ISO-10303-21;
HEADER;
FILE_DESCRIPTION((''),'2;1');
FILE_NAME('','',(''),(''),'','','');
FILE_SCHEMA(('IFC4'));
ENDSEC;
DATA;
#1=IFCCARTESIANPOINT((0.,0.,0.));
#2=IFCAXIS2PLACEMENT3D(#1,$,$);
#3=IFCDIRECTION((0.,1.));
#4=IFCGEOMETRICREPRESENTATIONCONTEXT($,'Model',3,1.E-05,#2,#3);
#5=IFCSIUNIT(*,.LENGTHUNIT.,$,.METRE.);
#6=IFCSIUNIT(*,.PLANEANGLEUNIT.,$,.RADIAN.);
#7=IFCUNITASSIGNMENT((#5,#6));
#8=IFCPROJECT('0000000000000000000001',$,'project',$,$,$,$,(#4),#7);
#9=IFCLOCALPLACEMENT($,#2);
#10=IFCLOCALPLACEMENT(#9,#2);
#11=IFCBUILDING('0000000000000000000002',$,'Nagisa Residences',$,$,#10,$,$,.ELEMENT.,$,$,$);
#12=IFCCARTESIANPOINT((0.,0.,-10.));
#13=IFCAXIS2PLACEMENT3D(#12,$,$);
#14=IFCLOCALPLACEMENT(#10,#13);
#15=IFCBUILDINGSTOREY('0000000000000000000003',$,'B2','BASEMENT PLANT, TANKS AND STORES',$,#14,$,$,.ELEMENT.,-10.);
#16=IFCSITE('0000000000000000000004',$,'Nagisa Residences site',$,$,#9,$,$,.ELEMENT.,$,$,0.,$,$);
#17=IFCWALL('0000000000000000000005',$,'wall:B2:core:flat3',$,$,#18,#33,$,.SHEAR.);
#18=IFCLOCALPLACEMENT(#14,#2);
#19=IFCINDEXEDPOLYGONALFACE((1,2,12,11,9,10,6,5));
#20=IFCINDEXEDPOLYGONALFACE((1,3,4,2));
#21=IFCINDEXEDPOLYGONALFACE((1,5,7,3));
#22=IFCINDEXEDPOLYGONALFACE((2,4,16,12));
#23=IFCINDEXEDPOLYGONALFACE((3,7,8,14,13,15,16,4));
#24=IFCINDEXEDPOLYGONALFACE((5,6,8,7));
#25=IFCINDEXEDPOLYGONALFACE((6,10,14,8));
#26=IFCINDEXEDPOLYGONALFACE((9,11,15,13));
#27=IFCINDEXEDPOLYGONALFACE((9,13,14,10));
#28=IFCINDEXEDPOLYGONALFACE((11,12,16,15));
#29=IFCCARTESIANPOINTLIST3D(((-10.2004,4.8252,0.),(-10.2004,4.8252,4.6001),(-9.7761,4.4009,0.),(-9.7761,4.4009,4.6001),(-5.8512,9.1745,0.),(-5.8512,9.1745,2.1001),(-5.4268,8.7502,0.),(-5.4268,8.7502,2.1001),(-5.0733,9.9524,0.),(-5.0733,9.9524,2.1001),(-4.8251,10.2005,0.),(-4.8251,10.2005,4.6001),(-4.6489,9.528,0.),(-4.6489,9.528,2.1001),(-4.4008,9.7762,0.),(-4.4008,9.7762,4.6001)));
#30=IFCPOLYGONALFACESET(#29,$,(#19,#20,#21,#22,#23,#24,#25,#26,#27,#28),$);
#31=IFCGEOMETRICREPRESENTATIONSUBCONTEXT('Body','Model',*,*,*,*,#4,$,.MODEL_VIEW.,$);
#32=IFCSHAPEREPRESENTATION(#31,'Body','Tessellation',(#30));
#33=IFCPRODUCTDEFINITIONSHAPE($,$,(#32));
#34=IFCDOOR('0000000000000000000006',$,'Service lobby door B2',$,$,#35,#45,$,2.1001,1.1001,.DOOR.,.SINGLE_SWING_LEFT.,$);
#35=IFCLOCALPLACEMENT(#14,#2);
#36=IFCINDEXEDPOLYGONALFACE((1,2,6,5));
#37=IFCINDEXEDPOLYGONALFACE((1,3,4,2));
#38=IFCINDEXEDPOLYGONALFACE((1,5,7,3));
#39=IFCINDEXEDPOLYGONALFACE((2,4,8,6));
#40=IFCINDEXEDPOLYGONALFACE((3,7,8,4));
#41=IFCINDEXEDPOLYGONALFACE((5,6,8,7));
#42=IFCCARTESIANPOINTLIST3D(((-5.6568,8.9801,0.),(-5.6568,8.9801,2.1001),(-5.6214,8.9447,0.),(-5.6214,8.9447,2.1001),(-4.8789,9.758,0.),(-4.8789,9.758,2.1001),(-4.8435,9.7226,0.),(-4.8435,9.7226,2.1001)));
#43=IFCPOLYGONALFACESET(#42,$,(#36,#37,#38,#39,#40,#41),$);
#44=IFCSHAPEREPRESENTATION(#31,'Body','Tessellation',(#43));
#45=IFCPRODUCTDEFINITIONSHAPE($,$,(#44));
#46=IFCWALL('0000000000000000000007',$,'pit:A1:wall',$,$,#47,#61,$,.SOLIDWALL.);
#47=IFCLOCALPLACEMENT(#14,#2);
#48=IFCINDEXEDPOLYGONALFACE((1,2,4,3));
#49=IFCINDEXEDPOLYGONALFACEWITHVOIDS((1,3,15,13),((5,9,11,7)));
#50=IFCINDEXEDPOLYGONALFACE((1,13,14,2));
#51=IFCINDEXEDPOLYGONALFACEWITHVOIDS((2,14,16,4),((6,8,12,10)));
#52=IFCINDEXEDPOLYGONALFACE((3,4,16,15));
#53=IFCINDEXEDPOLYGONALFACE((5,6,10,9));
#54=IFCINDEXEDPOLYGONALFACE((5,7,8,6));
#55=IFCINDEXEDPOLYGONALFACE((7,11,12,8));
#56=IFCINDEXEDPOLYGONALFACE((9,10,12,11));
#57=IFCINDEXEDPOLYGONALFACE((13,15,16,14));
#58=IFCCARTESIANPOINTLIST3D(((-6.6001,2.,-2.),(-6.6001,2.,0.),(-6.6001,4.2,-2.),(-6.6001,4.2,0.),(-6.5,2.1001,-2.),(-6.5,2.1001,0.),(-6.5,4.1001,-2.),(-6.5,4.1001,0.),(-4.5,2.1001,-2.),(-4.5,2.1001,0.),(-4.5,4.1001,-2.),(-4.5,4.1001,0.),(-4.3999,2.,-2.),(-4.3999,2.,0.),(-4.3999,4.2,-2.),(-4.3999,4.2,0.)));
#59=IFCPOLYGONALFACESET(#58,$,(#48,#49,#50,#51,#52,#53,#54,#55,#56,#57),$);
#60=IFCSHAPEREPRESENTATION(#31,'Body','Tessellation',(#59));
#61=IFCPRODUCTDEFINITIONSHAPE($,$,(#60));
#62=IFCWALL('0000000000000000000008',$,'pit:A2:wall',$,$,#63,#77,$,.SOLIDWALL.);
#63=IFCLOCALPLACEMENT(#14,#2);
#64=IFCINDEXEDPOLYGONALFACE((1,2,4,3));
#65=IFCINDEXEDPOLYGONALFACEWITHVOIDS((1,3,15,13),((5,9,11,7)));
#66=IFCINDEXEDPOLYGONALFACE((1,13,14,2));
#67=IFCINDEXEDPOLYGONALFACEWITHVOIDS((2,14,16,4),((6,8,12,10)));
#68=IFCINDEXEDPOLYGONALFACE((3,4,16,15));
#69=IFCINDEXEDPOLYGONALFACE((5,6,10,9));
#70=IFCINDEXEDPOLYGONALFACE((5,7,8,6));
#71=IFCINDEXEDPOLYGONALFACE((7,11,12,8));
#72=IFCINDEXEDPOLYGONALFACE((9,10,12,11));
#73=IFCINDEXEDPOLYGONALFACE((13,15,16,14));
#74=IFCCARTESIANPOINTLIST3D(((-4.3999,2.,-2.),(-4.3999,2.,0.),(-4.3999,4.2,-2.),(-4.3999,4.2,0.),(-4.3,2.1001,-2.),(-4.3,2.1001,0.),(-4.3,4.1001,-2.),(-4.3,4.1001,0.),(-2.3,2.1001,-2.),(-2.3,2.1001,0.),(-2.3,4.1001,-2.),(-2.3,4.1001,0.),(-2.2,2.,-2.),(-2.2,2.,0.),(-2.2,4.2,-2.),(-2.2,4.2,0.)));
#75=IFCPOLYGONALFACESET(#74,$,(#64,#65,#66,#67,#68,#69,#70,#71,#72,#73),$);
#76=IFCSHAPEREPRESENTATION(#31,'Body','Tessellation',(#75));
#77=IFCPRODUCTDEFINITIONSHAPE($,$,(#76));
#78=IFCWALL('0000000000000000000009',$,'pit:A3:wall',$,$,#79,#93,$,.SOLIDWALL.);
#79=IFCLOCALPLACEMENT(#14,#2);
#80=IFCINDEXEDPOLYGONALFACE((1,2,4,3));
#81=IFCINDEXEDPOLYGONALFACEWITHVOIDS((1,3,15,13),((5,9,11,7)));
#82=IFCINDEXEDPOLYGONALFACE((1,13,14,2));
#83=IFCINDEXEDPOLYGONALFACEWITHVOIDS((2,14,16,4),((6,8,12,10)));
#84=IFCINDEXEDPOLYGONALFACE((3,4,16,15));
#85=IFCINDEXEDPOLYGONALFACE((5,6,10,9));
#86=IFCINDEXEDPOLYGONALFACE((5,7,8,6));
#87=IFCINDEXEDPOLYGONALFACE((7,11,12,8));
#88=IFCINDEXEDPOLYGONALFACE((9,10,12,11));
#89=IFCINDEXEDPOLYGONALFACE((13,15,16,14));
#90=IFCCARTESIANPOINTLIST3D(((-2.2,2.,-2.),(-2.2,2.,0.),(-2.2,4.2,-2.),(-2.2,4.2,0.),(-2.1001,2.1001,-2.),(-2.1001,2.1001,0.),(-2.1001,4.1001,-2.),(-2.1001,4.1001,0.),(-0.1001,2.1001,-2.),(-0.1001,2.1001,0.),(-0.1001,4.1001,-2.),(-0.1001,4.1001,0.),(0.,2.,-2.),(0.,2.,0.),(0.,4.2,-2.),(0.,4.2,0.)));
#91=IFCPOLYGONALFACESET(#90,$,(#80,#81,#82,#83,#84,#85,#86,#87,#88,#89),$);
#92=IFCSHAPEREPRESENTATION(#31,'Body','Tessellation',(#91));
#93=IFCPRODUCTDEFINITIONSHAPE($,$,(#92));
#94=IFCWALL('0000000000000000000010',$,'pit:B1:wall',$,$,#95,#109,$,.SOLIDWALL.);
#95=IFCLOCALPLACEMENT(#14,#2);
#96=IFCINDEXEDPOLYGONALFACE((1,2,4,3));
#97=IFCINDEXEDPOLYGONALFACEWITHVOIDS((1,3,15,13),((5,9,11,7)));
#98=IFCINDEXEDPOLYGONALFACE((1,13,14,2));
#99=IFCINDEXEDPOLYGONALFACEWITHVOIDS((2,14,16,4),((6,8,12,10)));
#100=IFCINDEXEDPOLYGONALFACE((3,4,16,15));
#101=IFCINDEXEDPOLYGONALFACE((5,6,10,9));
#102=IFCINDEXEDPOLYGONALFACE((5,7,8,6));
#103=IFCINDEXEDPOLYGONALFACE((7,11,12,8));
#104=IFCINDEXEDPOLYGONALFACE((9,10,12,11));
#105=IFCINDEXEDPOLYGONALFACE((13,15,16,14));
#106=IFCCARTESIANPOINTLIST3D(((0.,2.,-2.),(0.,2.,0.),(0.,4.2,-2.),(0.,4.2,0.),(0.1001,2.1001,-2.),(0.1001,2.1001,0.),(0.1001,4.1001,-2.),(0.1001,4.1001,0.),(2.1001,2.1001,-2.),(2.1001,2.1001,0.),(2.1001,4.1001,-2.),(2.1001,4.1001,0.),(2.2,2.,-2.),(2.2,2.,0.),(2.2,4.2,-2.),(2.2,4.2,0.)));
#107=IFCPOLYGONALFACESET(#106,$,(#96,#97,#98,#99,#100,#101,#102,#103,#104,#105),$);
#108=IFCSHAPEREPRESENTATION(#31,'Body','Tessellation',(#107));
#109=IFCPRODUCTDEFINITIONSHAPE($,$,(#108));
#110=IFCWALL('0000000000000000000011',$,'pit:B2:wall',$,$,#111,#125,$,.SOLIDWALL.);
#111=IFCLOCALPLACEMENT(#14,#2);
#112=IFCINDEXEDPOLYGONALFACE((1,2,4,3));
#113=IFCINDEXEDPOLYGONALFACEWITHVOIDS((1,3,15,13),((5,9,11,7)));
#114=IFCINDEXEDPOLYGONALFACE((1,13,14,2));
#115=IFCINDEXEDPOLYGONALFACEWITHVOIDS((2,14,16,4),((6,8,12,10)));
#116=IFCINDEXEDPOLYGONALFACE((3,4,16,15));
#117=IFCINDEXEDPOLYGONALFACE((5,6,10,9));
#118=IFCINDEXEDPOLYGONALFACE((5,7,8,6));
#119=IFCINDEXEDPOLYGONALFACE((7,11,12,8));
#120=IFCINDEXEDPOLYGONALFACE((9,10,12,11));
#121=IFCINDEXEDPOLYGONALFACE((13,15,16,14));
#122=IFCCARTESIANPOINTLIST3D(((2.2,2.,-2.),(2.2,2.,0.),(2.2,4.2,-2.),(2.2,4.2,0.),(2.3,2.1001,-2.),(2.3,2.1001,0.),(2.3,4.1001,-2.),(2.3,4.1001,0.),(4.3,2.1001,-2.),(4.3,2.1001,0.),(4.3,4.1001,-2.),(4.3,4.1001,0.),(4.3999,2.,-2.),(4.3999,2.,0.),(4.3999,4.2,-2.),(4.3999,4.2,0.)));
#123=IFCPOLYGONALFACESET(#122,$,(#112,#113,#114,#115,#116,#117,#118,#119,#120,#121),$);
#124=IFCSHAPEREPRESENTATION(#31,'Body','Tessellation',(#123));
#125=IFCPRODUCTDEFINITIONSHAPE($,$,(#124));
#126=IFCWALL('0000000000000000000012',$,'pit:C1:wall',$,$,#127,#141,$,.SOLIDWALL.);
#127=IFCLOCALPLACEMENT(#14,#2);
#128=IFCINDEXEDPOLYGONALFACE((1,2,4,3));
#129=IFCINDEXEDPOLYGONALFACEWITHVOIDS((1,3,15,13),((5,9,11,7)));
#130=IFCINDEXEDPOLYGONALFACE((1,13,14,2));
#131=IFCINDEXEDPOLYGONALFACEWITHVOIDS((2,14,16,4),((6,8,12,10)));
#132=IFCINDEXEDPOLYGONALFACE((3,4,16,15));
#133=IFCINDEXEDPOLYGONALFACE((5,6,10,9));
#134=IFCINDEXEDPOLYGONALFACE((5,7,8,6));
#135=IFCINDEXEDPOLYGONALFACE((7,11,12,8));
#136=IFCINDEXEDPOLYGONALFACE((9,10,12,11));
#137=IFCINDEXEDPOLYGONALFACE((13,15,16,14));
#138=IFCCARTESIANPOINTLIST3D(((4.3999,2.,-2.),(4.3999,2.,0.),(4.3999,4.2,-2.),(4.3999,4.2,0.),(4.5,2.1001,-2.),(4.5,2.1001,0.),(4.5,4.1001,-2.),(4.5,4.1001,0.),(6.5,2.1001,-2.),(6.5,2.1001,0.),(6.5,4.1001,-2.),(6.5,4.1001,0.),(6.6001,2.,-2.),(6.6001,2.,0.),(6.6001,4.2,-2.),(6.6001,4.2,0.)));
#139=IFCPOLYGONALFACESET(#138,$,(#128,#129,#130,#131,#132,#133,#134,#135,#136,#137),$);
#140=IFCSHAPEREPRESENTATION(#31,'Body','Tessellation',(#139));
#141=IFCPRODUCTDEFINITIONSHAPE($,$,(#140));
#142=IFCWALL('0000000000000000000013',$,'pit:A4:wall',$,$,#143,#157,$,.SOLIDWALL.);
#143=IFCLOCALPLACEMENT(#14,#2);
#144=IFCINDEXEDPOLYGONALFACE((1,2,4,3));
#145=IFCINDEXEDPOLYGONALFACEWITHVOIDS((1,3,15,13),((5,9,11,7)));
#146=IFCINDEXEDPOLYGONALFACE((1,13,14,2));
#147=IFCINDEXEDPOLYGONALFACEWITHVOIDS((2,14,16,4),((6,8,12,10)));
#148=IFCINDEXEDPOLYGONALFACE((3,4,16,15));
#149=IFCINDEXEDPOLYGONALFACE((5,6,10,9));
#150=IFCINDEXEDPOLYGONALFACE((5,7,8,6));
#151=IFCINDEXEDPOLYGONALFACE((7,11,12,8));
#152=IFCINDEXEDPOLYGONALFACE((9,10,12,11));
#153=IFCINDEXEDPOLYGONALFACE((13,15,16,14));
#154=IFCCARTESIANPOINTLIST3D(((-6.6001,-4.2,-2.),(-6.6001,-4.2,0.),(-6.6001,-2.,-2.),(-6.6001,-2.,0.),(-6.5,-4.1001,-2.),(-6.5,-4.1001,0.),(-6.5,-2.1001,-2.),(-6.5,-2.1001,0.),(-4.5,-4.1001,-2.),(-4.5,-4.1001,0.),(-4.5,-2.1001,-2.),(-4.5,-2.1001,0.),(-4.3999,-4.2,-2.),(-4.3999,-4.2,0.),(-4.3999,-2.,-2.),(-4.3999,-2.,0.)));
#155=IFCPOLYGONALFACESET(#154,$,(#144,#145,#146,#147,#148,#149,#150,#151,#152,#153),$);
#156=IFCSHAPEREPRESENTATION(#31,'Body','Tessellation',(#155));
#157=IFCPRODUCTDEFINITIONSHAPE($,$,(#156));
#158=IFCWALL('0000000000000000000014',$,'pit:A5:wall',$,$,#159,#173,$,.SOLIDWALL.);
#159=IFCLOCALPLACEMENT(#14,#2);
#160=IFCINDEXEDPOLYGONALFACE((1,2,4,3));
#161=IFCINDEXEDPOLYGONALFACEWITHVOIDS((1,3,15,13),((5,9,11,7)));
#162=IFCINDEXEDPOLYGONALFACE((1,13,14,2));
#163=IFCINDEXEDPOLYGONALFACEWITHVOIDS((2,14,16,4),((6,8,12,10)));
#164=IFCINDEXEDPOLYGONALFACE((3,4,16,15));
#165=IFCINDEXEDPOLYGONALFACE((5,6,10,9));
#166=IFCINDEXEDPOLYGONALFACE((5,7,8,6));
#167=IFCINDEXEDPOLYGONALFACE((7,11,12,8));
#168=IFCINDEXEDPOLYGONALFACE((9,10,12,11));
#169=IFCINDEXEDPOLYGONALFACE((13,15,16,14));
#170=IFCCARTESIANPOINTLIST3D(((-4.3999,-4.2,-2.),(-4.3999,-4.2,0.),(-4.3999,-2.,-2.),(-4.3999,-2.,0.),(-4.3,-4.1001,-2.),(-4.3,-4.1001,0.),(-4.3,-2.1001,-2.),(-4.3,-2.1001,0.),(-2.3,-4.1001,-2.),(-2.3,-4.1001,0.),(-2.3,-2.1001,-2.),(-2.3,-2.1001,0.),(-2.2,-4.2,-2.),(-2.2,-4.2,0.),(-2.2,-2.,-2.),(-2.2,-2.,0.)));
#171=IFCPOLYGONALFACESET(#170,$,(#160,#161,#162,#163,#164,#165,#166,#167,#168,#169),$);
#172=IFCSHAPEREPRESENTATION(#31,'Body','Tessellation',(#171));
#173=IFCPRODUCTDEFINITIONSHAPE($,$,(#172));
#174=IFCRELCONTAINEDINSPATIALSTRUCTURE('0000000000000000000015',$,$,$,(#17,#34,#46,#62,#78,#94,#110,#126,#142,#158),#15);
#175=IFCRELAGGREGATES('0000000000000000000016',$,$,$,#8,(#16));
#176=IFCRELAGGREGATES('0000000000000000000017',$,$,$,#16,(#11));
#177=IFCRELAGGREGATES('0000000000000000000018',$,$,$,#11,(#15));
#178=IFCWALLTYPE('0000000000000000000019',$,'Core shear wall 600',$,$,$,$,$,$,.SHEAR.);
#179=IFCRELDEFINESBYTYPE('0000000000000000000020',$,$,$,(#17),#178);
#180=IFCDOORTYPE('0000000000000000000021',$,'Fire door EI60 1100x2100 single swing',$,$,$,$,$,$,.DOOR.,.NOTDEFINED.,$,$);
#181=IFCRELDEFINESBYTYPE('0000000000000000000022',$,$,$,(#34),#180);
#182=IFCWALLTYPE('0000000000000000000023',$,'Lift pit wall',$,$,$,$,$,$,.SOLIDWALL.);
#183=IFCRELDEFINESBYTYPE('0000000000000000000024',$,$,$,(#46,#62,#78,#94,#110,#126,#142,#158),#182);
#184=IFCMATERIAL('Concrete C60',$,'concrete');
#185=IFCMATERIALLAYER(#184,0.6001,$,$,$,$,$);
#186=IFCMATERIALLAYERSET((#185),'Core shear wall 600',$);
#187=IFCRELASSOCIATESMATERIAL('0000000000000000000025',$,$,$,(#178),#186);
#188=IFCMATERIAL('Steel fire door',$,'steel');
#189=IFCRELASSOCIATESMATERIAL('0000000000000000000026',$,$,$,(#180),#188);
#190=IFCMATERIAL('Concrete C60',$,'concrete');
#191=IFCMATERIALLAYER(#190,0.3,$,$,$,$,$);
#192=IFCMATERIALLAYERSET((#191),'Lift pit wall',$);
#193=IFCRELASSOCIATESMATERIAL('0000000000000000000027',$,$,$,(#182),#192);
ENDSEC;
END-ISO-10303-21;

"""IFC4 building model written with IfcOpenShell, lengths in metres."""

from ifc_helpers import new_model, si_unit, direction, frame, frame_2d, origin, place, context, subcontext, project, spatial, polyline, rectangle, outline, extrude, material, layer, layer_set, type_object, element, fill, save


model = new_model("IFC4")

# Units and contexts
model_context = context("Model", 3, precision=1e-05, world=origin(), true_north=direction((0.0, 1.0)))
body_context = subcontext(model_context, "Body", "Model", "MODEL_VIEW")
ifc_project = project(units=[si_unit("LENGTHUNIT", "METRE"), si_unit("PLANEANGLEUNIT", "RADIAN")], contexts=[model_context])

# Site, building, storey
site_placement = place(None, origin())
site = spatial("IfcSite", under=ifc_project, at=site_placement, Name="Nagisa Residences site", CompositionType="ELEMENT", RefElevation=0.0)
building_placement = place(site_placement, origin())
building = spatial("IfcBuilding", under=site, at=building_placement, Name="Nagisa Residences", CompositionType="ELEMENT")
storey_placement = place(building_placement, frame((0.0, 0.0, -10.0)))
storey = spatial("IfcBuildingStorey", under=building, at=storey_placement, Name="B2", Description="BASEMENT PLANT, TANKS AND STORES", CompositionType="ELEMENT", Elevation=-10.0)

# Wall, opening, door
ifc_material_1 = material(Name="Concrete C60", Category="concrete")
ifc_layer_1 = layer(ifc_material_1, 0.6001)
ifc_layer_set_1 = layer_set([ifc_layer_1], Name="Core shear wall 600")
wall_type_1 = type_object("IfcWallType", Name="Core shear wall 600", PredefinedType="SHEAR", material=ifc_layer_set_1)
wall_1_placement = place(storey_placement, frame((-4.613, 9.9883, 0.0), z_axis=(0.0, 0.0, 1.0), x_axis=(-0.707107, -0.707107, 0.0)))
wall_1 = element("IfcWall", 1, at=wall_1_placement, inside=storey, type_object=wall_type_1, Name="wall:B2:core:flat3", PredefinedType="SHEAR", context=body_context, shape_type="SweptSolid", body=[
    extrude(rectangle(XDim=7.6018, YDim=0.6001, at=frame_2d((3.8008, 0.0))), origin(), (0.0, 0.0, 1.0), 4.6001),
])
opening_1_placement = place(wall_1_placement, frame((0.3508, 0.0, 0.0)))
opening_1 = element("IfcOpeningElement", 2, at=opening_1_placement, cuts=wall_1, PredefinedType="OPENING", context=body_context, shape_type="SweptSolid", body=[
    extrude(rectangle(XDim=1.1001, YDim=2.1001, at=frame_2d((0.55, 1.05))), frame((0.0, 0.3101, 0.0), z_axis=(0.0, -1.0, 0.0), x_axis=(1.0, 0.0, 0.0)), (0.0, 0.0, 1.0), 0.6201),
])
ifc_material_2 = material(Name="Steel fire door", Category="steel")
door_type_1 = type_object("IfcDoorType", Name="Fire door EI60 1100x2100 single swing", OperationType="NOTDEFINED", PredefinedType="DOOR", material=ifc_material_2)
door_1_placement = place(opening_1_placement, origin())
door_1 = element("IfcDoor", 3, at=door_1_placement, inside=storey, type_object=door_type_1, Name="Service lobby door B2", OperationType="SINGLE_SWING_LEFT", OverallHeight=2.1001, OverallWidth=1.1001, PredefinedType="DOOR", context=body_context, shape_type="SweptSolid", body=[
    extrude(rectangle(XDim=1.1001, YDim=2.1001, at=frame_2d((0.55, 1.05))), frame((0.0, 0.0249, 0.0), z_axis=(0.0, -1.0, 0.0), x_axis=(1.0, 0.0, 0.0)), (0.0, 0.0, 1.0), 0.05),
])
fill(opening_1, door_1)

# Walls
ifc_material_3 = material(Name="Concrete C60", Category="concrete")
ifc_layer_2 = layer(ifc_material_3, 0.3)
ifc_layer_set_2 = layer_set([ifc_layer_2], Name="Lift pit wall")
wall_type_2 = type_object("IfcWallType", Name="Lift pit wall", PredefinedType="SOLIDWALL", material=ifc_layer_set_2)
wall_2_placement = place(storey_placement, frame((0.0, 0.0, -2.0)))
element("IfcWall", 4, at=wall_2_placement, inside=storey, type_object=wall_type_2, Name="pit:A1:wall", PredefinedType="SOLIDWALL", context=body_context, shape_type="SweptSolid", body=[
    extrude(outline(polyline([(-4.3999, 2.0), (-6.6001, 2.0), (-6.6001, 4.2), (-4.3999, 4.2), (-4.3999, 2.0)]), holes=[polyline([(-4.5, 2.1001), (-4.5, 4.1001), (-6.5, 4.1001), (-6.5, 2.1001), (-4.5, 2.1001)])]), origin(), (0.0, 0.0, 1.0), 2.0),
])
wall_3_placement = place(storey_placement, frame((0.0, 0.0, -2.0)))
element("IfcWall", 5, at=wall_3_placement, inside=storey, type_object=wall_type_2, Name="pit:A2:wall", PredefinedType="SOLIDWALL", context=body_context, shape_type="SweptSolid", body=[
    extrude(outline(polyline([(-2.2, 2.0), (-4.3999, 2.0), (-4.3999, 4.2), (-2.2, 4.2), (-2.2, 2.0)]), holes=[polyline([(-2.3, 2.1001), (-2.3, 4.1001), (-4.3, 4.1001), (-4.3, 2.1001), (-2.3, 2.1001)])]), origin(), (0.0, 0.0, 1.0), 2.0),
])
wall_4_placement = place(storey_placement, frame((0.0, 0.0, -2.0)))
element("IfcWall", 6, at=wall_4_placement, inside=storey, type_object=wall_type_2, Name="pit:A3:wall", PredefinedType="SOLIDWALL", context=body_context, shape_type="SweptSolid", body=[
    extrude(outline(polyline([(0.0, 2.0), (-2.2, 2.0), (-2.2, 4.2), (0.0, 4.2), (0.0, 2.0)]), holes=[polyline([(-0.1001, 2.1001), (-0.1001, 4.1001), (-2.1001, 4.1001), (-2.1001, 2.1001), (-0.1001, 2.1001)])]), origin(), (0.0, 0.0, 1.0), 2.0),
])
wall_5_placement = place(storey_placement, frame((0.0, 0.0, -2.0)))
element("IfcWall", 7, at=wall_5_placement, inside=storey, type_object=wall_type_2, Name="pit:B1:wall", PredefinedType="SOLIDWALL", context=body_context, shape_type="SweptSolid", body=[
    extrude(outline(polyline([(2.2, 2.0), (0.0, 2.0), (0.0, 4.2), (2.2, 4.2), (2.2, 2.0)]), holes=[polyline([(2.1001, 2.1001), (2.1001, 4.1001), (0.1001, 4.1001), (0.1001, 2.1001), (2.1001, 2.1001)])]), origin(), (0.0, 0.0, 1.0), 2.0),
])
wall_6_placement = place(storey_placement, frame((0.0, 0.0, -2.0)))
element("IfcWall", 8, at=wall_6_placement, inside=storey, type_object=wall_type_2, Name="pit:B2:wall", PredefinedType="SOLIDWALL", context=body_context, shape_type="SweptSolid", body=[
    extrude(outline(polyline([(4.3999, 2.0), (2.2, 2.0), (2.2, 4.2), (4.3999, 4.2), (4.3999, 2.0)]), holes=[polyline([(4.3, 2.1001), (4.3, 4.1001), (2.3, 4.1001), (2.3, 2.1001), (4.3, 2.1001)])]), origin(), (0.0, 0.0, 1.0), 2.0),
])
wall_7_placement = place(storey_placement, frame((0.0, 0.0, -2.0)))
element("IfcWall", 9, at=wall_7_placement, inside=storey, type_object=wall_type_2, Name="pit:C1:wall", PredefinedType="SOLIDWALL", context=body_context, shape_type="SweptSolid", body=[
    extrude(outline(polyline([(6.6001, 2.0), (4.3999, 2.0), (4.3999, 4.2), (6.6001, 4.2), (6.6001, 2.0)]), holes=[polyline([(6.5, 2.1001), (6.5, 4.1001), (4.5, 4.1001), (4.5, 2.1001), (6.5, 2.1001)])]), origin(), (0.0, 0.0, 1.0), 2.0),
])
wall_8_placement = place(storey_placement, frame((0.0, 0.0, -2.0)))
element("IfcWall", 10, at=wall_8_placement, inside=storey, type_object=wall_type_2, Name="pit:A4:wall", PredefinedType="SOLIDWALL", context=body_context, shape_type="SweptSolid", body=[
    extrude(outline(polyline([(-4.3999, -4.2), (-6.6001, -4.2), (-6.6001, -2.0), (-4.3999, -2.0), (-4.3999, -4.2)]), holes=[polyline([(-4.5, -4.1001), (-4.5, -2.1001), (-6.5, -2.1001), (-6.5, -4.1001), (-4.5, -4.1001)])]), origin(), (0.0, 0.0, 1.0), 2.0),
])
wall_9_placement = place(storey_placement, frame((0.0, 0.0, -2.0)))
element("IfcWall", 11, at=wall_9_placement, inside=storey, type_object=wall_type_2, Name="pit:A5:wall", PredefinedType="SOLIDWALL", context=body_context, shape_type="SweptSolid", body=[
    extrude(outline(polyline([(-2.2, -4.2), (-4.3999, -4.2), (-4.3999, -2.0), (-2.2, -2.0), (-2.2, -4.2)]), holes=[polyline([(-2.3, -4.1001), (-2.3, -2.1001), (-4.3, -2.1001), (-4.3, -4.1001), (-2.3, -4.1001)])]), origin(), (0.0, 0.0, 1.0), 2.0),
])

save(model, "model.ifc")
